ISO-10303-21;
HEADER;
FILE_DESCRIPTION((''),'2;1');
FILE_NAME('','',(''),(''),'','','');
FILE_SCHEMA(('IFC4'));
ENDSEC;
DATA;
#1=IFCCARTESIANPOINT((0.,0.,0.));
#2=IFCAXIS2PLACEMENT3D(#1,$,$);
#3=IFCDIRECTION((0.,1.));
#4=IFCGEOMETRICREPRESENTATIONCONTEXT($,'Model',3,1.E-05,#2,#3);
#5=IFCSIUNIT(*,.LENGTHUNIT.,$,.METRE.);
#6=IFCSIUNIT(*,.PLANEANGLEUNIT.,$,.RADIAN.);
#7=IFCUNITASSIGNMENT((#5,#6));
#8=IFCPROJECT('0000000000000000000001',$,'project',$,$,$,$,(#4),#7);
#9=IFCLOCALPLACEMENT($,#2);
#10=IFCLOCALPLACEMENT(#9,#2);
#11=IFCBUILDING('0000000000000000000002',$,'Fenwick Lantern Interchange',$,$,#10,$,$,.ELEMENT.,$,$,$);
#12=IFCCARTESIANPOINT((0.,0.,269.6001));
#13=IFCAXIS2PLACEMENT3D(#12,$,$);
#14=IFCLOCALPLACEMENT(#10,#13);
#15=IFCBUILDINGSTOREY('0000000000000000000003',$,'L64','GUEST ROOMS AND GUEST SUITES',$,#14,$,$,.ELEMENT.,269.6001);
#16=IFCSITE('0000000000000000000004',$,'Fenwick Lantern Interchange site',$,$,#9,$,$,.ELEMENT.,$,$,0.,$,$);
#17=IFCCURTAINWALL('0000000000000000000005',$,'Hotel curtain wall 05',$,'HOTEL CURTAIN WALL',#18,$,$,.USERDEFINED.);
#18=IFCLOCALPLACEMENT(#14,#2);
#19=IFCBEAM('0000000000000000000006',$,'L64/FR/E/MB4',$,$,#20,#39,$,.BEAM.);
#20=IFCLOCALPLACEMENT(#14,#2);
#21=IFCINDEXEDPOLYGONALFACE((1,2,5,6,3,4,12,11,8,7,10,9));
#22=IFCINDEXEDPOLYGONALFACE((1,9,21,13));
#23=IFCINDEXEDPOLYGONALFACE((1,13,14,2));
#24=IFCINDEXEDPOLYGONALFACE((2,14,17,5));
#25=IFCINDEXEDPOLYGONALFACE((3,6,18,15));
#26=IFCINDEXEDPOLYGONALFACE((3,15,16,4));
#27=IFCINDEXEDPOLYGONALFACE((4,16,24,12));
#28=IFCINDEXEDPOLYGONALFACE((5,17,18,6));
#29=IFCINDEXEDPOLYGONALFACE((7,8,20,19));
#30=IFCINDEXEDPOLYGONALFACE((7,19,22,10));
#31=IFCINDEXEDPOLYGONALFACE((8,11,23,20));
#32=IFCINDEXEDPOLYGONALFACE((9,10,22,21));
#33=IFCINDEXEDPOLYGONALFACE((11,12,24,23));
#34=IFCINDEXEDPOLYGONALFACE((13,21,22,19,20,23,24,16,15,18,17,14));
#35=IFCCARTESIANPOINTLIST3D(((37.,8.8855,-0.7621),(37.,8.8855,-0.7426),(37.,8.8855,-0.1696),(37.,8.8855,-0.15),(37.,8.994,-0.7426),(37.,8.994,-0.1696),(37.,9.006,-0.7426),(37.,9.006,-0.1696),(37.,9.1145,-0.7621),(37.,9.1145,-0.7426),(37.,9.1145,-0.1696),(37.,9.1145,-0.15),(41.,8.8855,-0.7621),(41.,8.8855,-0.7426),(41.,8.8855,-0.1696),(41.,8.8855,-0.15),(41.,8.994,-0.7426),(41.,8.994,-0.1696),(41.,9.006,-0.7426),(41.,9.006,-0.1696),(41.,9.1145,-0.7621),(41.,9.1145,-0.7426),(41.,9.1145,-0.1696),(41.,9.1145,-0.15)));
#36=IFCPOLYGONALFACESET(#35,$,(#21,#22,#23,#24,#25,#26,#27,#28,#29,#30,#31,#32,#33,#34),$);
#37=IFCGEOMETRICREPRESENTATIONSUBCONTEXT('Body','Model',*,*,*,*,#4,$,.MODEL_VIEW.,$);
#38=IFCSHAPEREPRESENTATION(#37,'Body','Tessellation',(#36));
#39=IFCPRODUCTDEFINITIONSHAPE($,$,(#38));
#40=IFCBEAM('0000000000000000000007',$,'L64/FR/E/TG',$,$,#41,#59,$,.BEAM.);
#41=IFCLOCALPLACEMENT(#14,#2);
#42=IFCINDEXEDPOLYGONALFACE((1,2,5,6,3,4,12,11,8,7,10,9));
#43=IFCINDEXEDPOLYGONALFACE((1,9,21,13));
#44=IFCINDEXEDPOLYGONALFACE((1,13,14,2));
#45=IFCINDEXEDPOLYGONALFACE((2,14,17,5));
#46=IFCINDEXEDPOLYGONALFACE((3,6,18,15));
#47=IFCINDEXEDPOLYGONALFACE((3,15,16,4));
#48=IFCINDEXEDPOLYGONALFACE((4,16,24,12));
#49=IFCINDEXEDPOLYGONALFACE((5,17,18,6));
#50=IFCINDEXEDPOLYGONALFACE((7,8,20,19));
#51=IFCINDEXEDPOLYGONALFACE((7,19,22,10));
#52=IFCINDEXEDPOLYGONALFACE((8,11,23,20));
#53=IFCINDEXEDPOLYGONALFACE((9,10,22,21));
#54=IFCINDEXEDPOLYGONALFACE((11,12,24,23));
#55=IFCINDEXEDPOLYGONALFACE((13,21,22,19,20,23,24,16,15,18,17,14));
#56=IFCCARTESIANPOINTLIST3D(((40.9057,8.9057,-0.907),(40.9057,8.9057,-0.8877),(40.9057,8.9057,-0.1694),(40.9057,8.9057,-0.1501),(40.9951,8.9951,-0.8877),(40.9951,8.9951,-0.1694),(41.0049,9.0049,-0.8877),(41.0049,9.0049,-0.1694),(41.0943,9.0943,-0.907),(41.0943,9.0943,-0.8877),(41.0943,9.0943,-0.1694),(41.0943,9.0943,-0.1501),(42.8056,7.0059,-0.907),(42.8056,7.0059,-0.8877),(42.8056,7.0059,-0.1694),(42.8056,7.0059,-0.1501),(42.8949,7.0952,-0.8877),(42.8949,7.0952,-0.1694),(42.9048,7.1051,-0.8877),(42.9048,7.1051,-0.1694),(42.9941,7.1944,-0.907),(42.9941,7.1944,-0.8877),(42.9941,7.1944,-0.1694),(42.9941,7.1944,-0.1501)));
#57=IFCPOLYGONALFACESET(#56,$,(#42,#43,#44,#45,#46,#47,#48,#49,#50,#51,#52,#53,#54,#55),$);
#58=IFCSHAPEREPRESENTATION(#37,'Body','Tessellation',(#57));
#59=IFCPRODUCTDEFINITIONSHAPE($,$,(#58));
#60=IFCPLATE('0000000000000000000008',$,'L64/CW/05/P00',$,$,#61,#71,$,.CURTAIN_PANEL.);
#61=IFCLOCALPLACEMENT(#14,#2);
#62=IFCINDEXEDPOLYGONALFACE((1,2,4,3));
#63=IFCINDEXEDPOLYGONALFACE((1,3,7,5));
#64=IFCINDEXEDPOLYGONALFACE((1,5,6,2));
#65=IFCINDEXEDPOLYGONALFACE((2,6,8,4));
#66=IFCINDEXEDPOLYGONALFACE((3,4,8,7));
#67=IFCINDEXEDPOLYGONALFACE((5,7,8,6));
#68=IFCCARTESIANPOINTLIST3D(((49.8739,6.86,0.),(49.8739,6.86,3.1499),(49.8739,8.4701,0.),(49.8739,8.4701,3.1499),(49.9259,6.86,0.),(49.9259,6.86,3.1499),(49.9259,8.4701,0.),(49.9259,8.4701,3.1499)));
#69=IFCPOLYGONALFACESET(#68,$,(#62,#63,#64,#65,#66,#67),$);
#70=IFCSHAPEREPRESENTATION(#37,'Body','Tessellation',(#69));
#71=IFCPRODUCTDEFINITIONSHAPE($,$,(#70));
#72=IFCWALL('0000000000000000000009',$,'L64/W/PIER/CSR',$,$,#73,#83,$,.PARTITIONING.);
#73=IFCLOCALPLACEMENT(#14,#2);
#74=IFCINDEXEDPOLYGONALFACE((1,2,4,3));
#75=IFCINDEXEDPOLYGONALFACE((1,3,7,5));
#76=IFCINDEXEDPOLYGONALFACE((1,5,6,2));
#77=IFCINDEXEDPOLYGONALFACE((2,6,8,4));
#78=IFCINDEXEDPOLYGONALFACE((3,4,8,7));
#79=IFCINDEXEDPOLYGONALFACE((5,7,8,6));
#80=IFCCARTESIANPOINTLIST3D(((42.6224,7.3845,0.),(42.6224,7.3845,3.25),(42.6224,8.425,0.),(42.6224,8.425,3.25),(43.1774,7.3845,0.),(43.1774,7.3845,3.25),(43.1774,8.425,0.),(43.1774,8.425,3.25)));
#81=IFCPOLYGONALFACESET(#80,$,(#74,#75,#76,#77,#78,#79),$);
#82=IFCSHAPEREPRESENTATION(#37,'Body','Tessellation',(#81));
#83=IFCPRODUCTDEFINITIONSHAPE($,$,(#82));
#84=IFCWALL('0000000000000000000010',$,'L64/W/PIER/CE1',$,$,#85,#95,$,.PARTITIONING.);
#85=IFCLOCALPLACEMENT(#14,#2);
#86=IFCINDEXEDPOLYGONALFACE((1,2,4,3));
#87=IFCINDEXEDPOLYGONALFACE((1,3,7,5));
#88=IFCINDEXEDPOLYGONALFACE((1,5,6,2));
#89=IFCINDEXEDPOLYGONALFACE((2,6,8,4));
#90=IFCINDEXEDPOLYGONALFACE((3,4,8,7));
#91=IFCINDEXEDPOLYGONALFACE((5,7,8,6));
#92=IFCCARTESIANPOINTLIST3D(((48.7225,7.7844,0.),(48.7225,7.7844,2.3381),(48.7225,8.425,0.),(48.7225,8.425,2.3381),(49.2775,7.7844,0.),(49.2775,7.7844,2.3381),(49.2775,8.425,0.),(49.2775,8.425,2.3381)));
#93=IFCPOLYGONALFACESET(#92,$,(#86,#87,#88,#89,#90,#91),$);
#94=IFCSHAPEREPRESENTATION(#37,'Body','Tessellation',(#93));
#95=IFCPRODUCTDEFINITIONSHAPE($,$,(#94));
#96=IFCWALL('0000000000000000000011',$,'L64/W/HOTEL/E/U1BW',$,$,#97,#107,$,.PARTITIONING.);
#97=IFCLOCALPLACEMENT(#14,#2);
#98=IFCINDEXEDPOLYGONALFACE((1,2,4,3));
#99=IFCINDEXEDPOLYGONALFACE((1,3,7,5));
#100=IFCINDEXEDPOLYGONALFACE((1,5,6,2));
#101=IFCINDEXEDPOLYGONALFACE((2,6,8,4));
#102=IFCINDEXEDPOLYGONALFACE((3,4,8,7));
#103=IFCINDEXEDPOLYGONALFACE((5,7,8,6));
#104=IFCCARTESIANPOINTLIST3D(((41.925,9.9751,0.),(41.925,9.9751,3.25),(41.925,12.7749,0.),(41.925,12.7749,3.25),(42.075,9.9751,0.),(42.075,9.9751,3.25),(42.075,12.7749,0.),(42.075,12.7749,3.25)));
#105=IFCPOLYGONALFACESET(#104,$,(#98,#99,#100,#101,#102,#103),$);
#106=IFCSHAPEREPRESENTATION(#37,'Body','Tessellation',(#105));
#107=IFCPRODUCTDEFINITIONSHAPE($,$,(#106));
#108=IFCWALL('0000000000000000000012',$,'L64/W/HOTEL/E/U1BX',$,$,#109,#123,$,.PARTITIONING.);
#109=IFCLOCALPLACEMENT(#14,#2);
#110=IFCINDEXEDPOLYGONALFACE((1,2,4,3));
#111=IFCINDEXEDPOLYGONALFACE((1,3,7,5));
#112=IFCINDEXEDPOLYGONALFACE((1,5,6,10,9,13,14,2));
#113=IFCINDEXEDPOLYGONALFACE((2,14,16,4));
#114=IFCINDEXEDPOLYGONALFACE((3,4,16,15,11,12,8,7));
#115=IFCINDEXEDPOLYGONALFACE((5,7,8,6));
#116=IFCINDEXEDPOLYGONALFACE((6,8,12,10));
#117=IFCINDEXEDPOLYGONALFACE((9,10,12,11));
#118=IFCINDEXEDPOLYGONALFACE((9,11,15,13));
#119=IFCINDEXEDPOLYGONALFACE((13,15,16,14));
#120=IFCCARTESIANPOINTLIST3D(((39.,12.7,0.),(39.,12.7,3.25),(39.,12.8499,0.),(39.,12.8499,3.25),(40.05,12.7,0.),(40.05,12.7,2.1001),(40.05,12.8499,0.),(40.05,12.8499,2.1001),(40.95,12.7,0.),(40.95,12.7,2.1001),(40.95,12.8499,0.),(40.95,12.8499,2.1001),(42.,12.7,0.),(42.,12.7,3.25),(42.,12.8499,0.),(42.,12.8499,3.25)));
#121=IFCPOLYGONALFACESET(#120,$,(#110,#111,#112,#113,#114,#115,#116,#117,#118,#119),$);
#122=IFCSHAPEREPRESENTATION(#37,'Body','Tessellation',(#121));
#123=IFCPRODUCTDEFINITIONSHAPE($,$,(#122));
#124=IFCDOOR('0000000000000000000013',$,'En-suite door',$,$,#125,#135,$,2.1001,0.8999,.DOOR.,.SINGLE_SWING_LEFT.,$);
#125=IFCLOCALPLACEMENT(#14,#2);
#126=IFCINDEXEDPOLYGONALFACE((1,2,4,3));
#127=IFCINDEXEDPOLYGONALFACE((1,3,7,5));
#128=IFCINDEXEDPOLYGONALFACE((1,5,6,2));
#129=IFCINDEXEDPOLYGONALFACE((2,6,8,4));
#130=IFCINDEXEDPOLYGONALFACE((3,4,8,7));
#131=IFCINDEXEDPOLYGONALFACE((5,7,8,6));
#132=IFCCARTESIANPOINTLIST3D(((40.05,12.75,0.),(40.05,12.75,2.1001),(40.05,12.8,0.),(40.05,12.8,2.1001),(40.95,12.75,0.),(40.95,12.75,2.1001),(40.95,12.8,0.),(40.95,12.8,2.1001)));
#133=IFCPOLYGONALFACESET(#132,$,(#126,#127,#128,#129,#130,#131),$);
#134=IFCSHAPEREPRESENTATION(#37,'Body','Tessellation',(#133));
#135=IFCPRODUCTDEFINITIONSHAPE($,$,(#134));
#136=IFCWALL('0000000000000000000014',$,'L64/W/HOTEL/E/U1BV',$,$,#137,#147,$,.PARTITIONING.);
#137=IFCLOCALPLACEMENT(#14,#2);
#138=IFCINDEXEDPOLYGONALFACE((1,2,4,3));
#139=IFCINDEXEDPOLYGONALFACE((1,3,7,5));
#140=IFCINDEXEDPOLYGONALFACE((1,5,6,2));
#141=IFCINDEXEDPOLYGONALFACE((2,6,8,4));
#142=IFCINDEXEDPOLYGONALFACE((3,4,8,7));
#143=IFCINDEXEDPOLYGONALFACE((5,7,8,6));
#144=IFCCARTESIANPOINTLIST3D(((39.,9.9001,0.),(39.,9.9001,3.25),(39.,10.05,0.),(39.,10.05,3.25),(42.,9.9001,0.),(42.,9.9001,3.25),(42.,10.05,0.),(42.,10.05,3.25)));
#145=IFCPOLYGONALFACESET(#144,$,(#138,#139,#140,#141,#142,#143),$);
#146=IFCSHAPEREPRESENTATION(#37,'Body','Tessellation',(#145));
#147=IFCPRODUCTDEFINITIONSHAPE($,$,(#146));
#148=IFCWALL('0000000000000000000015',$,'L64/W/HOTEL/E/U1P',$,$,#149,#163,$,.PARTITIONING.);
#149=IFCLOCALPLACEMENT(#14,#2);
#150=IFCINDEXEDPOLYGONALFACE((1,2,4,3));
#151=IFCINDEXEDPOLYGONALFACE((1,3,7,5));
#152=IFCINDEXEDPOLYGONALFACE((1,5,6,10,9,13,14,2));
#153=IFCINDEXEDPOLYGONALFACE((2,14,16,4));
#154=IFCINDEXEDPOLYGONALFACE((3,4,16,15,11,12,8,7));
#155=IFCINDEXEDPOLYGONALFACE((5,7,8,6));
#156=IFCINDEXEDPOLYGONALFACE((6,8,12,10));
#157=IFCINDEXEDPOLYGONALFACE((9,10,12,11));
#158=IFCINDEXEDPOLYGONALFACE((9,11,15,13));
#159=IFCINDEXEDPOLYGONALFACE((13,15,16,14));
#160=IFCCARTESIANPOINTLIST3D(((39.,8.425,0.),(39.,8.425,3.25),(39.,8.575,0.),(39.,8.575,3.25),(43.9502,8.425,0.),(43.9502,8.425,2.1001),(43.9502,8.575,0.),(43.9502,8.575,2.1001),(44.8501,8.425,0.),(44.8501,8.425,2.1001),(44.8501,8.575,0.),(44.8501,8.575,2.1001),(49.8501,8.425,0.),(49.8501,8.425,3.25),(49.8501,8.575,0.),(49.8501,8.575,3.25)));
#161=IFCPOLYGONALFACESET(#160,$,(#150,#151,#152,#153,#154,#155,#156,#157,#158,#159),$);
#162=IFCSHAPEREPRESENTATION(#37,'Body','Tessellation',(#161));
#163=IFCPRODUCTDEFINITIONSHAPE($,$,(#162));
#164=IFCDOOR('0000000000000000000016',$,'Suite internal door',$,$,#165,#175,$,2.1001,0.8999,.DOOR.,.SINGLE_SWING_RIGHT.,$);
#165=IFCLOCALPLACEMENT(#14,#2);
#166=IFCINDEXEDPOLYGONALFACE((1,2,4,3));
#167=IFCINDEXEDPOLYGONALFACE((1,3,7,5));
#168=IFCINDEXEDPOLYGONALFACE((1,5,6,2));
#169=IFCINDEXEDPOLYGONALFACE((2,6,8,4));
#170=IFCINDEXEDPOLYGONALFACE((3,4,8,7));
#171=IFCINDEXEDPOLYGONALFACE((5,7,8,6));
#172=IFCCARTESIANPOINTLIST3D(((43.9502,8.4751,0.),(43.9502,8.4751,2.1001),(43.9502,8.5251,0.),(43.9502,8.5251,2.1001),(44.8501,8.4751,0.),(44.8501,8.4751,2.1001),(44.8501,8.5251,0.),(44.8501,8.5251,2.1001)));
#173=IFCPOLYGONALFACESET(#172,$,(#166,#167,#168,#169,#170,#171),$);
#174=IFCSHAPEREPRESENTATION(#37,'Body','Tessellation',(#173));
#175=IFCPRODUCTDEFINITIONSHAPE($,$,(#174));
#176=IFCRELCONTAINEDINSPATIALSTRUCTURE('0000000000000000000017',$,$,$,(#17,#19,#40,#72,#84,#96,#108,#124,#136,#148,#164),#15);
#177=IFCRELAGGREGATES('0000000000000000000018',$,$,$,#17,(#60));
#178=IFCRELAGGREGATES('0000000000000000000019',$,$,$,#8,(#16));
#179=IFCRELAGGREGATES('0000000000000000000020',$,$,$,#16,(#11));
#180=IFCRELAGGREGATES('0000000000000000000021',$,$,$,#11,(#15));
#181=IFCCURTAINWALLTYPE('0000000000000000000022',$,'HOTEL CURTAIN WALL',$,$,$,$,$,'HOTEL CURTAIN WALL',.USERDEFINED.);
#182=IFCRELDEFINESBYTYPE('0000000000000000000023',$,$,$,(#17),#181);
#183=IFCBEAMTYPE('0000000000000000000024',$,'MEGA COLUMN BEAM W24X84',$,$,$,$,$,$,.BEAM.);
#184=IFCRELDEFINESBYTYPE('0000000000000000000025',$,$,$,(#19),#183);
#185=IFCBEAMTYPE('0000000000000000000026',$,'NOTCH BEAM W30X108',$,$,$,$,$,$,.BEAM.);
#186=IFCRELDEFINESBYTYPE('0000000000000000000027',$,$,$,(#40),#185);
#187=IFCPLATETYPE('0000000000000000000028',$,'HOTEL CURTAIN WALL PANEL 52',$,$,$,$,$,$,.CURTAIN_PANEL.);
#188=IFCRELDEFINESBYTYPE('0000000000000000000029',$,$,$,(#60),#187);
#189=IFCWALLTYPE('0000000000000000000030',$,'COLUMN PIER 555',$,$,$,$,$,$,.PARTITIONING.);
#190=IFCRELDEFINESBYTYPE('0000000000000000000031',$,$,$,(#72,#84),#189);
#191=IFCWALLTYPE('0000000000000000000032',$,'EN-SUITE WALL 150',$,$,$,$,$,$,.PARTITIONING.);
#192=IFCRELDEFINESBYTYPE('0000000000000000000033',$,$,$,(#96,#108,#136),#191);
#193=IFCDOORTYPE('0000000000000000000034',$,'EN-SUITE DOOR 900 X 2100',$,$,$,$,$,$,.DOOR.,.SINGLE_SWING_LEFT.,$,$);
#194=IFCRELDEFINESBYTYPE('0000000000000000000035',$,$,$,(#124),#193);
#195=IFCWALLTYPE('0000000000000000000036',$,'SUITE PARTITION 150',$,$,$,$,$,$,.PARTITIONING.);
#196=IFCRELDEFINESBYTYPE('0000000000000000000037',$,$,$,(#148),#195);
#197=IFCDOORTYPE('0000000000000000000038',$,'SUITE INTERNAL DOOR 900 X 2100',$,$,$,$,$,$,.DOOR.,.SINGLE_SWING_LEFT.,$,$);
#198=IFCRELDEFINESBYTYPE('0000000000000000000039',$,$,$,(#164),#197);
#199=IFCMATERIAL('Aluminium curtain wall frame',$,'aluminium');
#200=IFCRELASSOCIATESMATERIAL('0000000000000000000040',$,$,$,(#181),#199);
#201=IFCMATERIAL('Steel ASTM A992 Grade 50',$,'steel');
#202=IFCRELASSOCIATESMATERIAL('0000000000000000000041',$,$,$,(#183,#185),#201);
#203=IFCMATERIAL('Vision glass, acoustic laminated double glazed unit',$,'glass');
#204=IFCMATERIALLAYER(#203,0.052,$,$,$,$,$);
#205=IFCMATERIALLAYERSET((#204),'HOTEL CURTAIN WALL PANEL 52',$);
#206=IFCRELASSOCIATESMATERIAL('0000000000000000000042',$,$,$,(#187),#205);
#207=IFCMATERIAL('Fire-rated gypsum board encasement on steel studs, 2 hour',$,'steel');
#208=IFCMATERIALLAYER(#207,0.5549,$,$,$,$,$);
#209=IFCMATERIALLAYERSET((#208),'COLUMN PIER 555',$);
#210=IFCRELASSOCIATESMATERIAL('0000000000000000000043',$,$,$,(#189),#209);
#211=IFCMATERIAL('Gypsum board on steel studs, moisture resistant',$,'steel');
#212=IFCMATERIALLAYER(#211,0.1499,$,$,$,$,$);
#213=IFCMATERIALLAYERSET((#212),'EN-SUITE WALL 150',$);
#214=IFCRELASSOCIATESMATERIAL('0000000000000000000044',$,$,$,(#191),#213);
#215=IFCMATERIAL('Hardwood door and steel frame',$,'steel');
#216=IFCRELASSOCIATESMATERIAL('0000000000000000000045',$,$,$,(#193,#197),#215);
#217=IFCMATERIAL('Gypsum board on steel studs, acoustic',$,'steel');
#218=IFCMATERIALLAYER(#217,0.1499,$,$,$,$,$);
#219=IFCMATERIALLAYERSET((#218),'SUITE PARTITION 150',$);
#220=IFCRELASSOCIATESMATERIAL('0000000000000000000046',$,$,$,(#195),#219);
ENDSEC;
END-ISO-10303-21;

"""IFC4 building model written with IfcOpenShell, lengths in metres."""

from ifc_helpers import new_model, si_unit, direction, frame, frame_2d, origin, origin_2d, place, context, subcontext, project, spatial, rectangle, i_section, extrude, material, layer, layer_set, material_profile, profile_set, type_object, element, fill, aggregate, save


model = new_model("IFC4")

# Units and contexts
model_context = context("Model", 3, precision=1e-05, world=origin(), true_north=direction((0.0, 1.0)))
body_context = subcontext(model_context, "Body", "Model", "MODEL_VIEW")
ifc_project = project(units=[si_unit("LENGTHUNIT", "METRE"), si_unit("PLANEANGLEUNIT", "RADIAN")], contexts=[model_context])

# Site, building, storey
site_placement = place(None, origin())
site = spatial("IfcSite", under=ifc_project, at=site_placement, Name="Fenwick Lantern Interchange site", CompositionType="ELEMENT", RefElevation=0.0)
building_placement = place(site_placement, origin())
building = spatial("IfcBuilding", under=site, at=building_placement, Name="Fenwick Lantern Interchange", CompositionType="ELEMENT")
storey_placement = place(building_placement, frame((0.0, 0.0, 269.6001)))
storey = spatial("IfcBuildingStorey", under=building, at=storey_placement, Name="L64", Description="GUEST ROOMS AND GUEST SUITES", CompositionType="ELEMENT", Elevation=269.6001)

# Shared definitions
ifc_material_1 = material(Name="Steel ASTM A992 Grade 50", Category="steel")

# Curtain wall
ifc_material_2 = material(Name="Aluminium curtain wall frame", Category="aluminium")
curtain_wall_type = type_object("IfcCurtainWallType", Name="HOTEL CURTAIN WALL", ElementType="HOTEL CURTAIN WALL", PredefinedType="USERDEFINED", material=ifc_material_2)
curtain_wall_placement = place(storey_placement, origin())
curtain_wall = element("IfcCurtainWall", 1, at=curtain_wall_placement, inside=storey, type_object=curtain_wall_type, Name="Hotel curtain wall 05", ObjectType="HOTEL CURTAIN WALL", PredefinedType="USERDEFINED")

# Beams
ifc_material_profile_1 = material_profile(ifc_material_1, i_section(OverallWidth=0.229, OverallDepth=0.6121, WebThickness=0.012, FlangeThickness=0.0195, at=origin_2d()), Name="W24X84")
ifc_profile_set_1 = profile_set([ifc_material_profile_1], Name="Steel ASTM A992 Grade 50")
beam_type_1 = type_object("IfcBeamType", Name="MEGA COLUMN BEAM W24X84", PredefinedType="BEAM", material=ifc_profile_set_1)
for number, where, z_axis, x_axis, name in (
    (2, (41.0, 9.0, -0.4561), (-1.0, 0.0, 0.0), (0.0, -1.0, 0.0), "L64/FR/E/MB4"),
):
    element("IfcBeam", number, at=place(storey_placement, frame(where, z_axis=z_axis, x_axis=x_axis)), inside=storey, type_object=beam_type_1, Name=name, PredefinedType="BEAM", context=body_context, shape_type="SweptSolid", body=[
        extrude(i_section(OverallWidth=0.229, OverallDepth=0.6121, WebThickness=0.012, FlangeThickness=0.0195, at=origin_2d()), origin(), (0.0, 0.0, 1.0), 4.0),
    ])
ifc_material_profile_2 = material_profile(ifc_material_1, i_section(OverallWidth=0.2666, OverallDepth=0.7568, WebThickness=0.0139, FlangeThickness=0.0193, at=origin_2d()), Name="W30X108")
ifc_profile_set_2 = profile_set([ifc_material_profile_2], Name="Steel ASTM A992 Grade 50")
beam_type_2 = type_object("IfcBeamType", Name="NOTCH BEAM W30X108", PredefinedType="BEAM", material=ifc_profile_set_2)
beam_1_placement = place(storey_placement, frame((41.0, 9.0, -0.5286), z_axis=(0.707107, -0.707107, 0.0), x_axis=(0.707107, 0.707107, 0.0)))
element("IfcBeam", 3, at=beam_1_placement, inside=storey, type_object=beam_type_2, Name="L64/FR/E/TG", PredefinedType="BEAM", context=body_context, shape_type="SweptSolid", body=[
    extrude(i_section(OverallWidth=0.2666, OverallDepth=0.7568, WebThickness=0.0139, FlangeThickness=0.0193, at=origin_2d()), origin(), (0.0, 0.0, 1.0), 2.6868),
])

# Plate
ifc_material_3 = material(Name="Vision glass, acoustic laminated double glazed unit", Category="glass")
ifc_layer_1 = layer(ifc_material_3, 0.052)
ifc_layer_set_1 = layer_set([ifc_layer_1], Name="HOTEL CURTAIN WALL PANEL 52")
plate_type = type_object("IfcPlateType", Name="HOTEL CURTAIN WALL PANEL 52", PredefinedType="CURTAIN_PANEL", material=ifc_layer_set_1)
plate_placement = place(storey_placement, frame((49.8999, 7.665, 0.0), z_axis=(0.0, 0.0, 1.0), x_axis=(0.0, 1.0, 0.0)))
plate = element("IfcPlate", 4, at=plate_placement, type_object=plate_type, Name="L64/CW/05/P00", PredefinedType="CURTAIN_PANEL", context=body_context, shape_type="SweptSolid", body=[
    extrude(rectangle(XDim=1.6101, YDim=0.052, at=origin_2d()), origin(), (0.0, 0.0, 1.0), 3.1499),
])
aggregate(curtain_wall, [plate])

# Walls
ifc_material_4 = material(Name="Fire-rated gypsum board encasement on steel studs, 2 hour", Category="steel")
ifc_layer_2 = layer(ifc_material_4, 0.5549)
ifc_layer_set_2 = layer_set([ifc_layer_2], Name="COLUMN PIER 555")
wall_type_1 = type_object("IfcWallType", Name="COLUMN PIER 555", PredefinedType="PARTITIONING", material=ifc_layer_set_2)
wall_1_placement = place(storey_placement, frame((42.8999, 8.425, 0.0), z_axis=(0.0, 0.0, 1.0), x_axis=(0.0, -1.0, 0.0)))
element("IfcWall", 5, at=wall_1_placement, inside=storey, type_object=wall_type_1, Name="L64/W/PIER/CSR", PredefinedType="PARTITIONING", context=body_context, shape_type="SweptSolid", body=[
    extrude(rectangle(XDim=1.0405, YDim=0.5549, at=frame_2d((0.5203, 0.0))), origin(), (0.0, 0.0, 1.0), 3.25),
])
wall_2_placement = place(storey_placement, frame((49.0, 8.425, 0.0), z_axis=(0.0, 0.0, 1.0), x_axis=(0.0, -1.0, 0.0)))
element("IfcWall", 6, at=wall_2_placement, inside=storey, type_object=wall_type_1, Name="L64/W/PIER/CE1", PredefinedType="PARTITIONING", context=body_context, shape_type="SweptSolid", body=[
    extrude(rectangle(XDim=0.6406, YDim=0.5549, at=frame_2d((0.3203, 0.0))), origin(), (0.0, 0.0, 1.0), 2.3381),
])
ifc_material_5 = material(Name="Gypsum board on steel studs, moisture resistant", Category="steel")
ifc_layer_3 = layer(ifc_material_5, 0.1499)
ifc_layer_set_3 = layer_set([ifc_layer_3], Name="EN-SUITE WALL 150")
wall_type_2 = type_object("IfcWallType", Name="EN-SUITE WALL 150", PredefinedType="PARTITIONING", material=ifc_layer_set_3)
wall_3_placement = place(storey_placement, frame((42.0, 9.9751, 0.0), z_axis=(0.0, 0.0, 1.0), x_axis=(0.0, 1.0, 0.0)))
element("IfcWall", 7, at=wall_3_placement, inside=storey, type_object=wall_type_2, Name="L64/W/HOTEL/E/U1BW", PredefinedType="PARTITIONING", context=body_context, shape_type="SweptSolid", body=[
    extrude(rectangle(XDim=2.7998, YDim=0.1499, at=frame_2d((1.3999, 0.0))), origin(), (0.0, 0.0, 1.0), 3.25),
])

# Wall, opening, door
wall_4_placement = place(storey_placement, frame((42.0, 12.7749, 0.0), z_axis=(0.0, 0.0, 1.0), x_axis=(-1.0, 0.0, 0.0)))
wall_4 = element("IfcWall", 8, at=wall_4_placement, inside=storey, type_object=wall_type_2, Name="L64/W/HOTEL/E/U1BX", PredefinedType="PARTITIONING", context=body_context, shape_type="SweptSolid", body=[
    extrude(rectangle(XDim=3.0, YDim=0.1499, at=frame_2d((1.5, 0.0))), origin(), (0.0, 0.0, 1.0), 3.25),
])
opening_1_placement = place(wall_4_placement, frame((1.05, 0.0, 0.0)))
opening_1 = element("IfcOpeningElement", 9, at=opening_1_placement, cuts=wall_4, PredefinedType="OPENING", context=body_context, shape_type="SweptSolid", body=[
    extrude(rectangle(XDim=0.8999, YDim=2.1001, at=frame_2d((0.45, 1.05))), frame((0.0, 0.085, 0.0), z_axis=(0.0, -1.0, 0.0), x_axis=(1.0, 0.0, 0.0)), (0.0, 0.0, 1.0), 0.1699),
])
ifc_material_6 = material(Name="Hardwood door and steel frame", Category="steel")
door_type_1 = type_object("IfcDoorType", Name="EN-SUITE DOOR 900 X 2100", OperationType="SINGLE_SWING_LEFT", PredefinedType="DOOR", material=ifc_material_6)
door_1_placement = place(opening_1_placement, origin())
door_1 = element("IfcDoor", 10, at=door_1_placement, inside=storey, type_object=door_type_1, Name="En-suite door", OperationType="SINGLE_SWING_LEFT", OverallHeight=2.1001, OverallWidth=0.8999, PredefinedType="DOOR", context=body_context, shape_type="SweptSolid", body=[
    extrude(rectangle(XDim=0.8999, YDim=2.1001, at=frame_2d((0.45, 1.05))), frame((0.0, 0.0249, 0.0), z_axis=(0.0, -1.0, 0.0), x_axis=(1.0, 0.0, 0.0)), (0.0, 0.0, 1.0), 0.05),
])
fill(opening_1, door_1)

# Wall
wall_5_placement = place(storey_placement, frame((42.0, 9.9751, 0.0), z_axis=(0.0, 0.0, 1.0), x_axis=(-1.0, 0.0, 0.0)))
element("IfcWall", 11, at=wall_5_placement, inside=storey, type_object=wall_type_2, Name="L64/W/HOTEL/E/U1BV", PredefinedType="PARTITIONING", context=body_context, shape_type="SweptSolid", body=[
    extrude(rectangle(XDim=3.0, YDim=0.1499, at=frame_2d((1.5, 0.0))), origin(), (0.0, 0.0, 1.0), 3.25),
])

# Wall, opening, door
ifc_material_7 = material(Name="Gypsum board on steel studs, acoustic", Category="steel")
ifc_layer_4 = layer(ifc_material_7, 0.1499)
ifc_layer_set_4 = layer_set([ifc_layer_4], Name="SUITE PARTITION 150")
wall_type_3 = type_object("IfcWallType", Name="SUITE PARTITION 150", PredefinedType="PARTITIONING", material=ifc_layer_set_4)
wall_6_placement = place(storey_placement, frame((49.8501, 8.5, 0.0), z_axis=(0.0, 0.0, 1.0), x_axis=(-1.0, 0.0, 0.0)))
wall_6 = element("IfcWall", 12, at=wall_6_placement, inside=storey, type_object=wall_type_3, Name="L64/W/HOTEL/E/U1P", PredefinedType="PARTITIONING", context=body_context, shape_type="SweptSolid", body=[
    extrude(rectangle(XDim=10.8501, YDim=0.1499, at=frame_2d((5.425, 0.0))), origin(), (0.0, 0.0, 1.0), 3.25),
])
opening_2_placement = place(wall_6_placement, frame((5.0, 0.0, 0.0)))
opening_2 = element("IfcOpeningElement", 13, at=opening_2_placement, cuts=wall_6, PredefinedType="OPENING", context=body_context, shape_type="SweptSolid", body=[
    extrude(rectangle(XDim=0.8999, YDim=2.1001, at=frame_2d((0.45, 1.05))), frame((0.0, 0.085, 0.0), z_axis=(0.0, -1.0, 0.0), x_axis=(1.0, 0.0, 0.0)), (0.0, 0.0, 1.0), 0.1699),
])
door_type_2 = type_object("IfcDoorType", Name="SUITE INTERNAL DOOR 900 X 2100", OperationType="SINGLE_SWING_LEFT", PredefinedType="DOOR", material=ifc_material_6)
door_2_placement = place(opening_2_placement, origin())
door_2 = element("IfcDoor", 14, at=door_2_placement, inside=storey, type_object=door_type_2, Name="Suite internal door", OperationType="SINGLE_SWING_RIGHT", OverallHeight=2.1001, OverallWidth=0.8999, PredefinedType="DOOR", context=body_context, shape_type="SweptSolid", body=[
    extrude(rectangle(XDim=0.8999, YDim=2.1001, at=frame_2d((0.45, 1.05))), frame((0.0, 0.0249, 0.0), z_axis=(0.0, -1.0, 0.0), x_axis=(1.0, 0.0, 0.0)), (0.0, 0.0, 1.0), 0.05),
])
fill(opening_2, door_2)

save(model, "model.ifc")
